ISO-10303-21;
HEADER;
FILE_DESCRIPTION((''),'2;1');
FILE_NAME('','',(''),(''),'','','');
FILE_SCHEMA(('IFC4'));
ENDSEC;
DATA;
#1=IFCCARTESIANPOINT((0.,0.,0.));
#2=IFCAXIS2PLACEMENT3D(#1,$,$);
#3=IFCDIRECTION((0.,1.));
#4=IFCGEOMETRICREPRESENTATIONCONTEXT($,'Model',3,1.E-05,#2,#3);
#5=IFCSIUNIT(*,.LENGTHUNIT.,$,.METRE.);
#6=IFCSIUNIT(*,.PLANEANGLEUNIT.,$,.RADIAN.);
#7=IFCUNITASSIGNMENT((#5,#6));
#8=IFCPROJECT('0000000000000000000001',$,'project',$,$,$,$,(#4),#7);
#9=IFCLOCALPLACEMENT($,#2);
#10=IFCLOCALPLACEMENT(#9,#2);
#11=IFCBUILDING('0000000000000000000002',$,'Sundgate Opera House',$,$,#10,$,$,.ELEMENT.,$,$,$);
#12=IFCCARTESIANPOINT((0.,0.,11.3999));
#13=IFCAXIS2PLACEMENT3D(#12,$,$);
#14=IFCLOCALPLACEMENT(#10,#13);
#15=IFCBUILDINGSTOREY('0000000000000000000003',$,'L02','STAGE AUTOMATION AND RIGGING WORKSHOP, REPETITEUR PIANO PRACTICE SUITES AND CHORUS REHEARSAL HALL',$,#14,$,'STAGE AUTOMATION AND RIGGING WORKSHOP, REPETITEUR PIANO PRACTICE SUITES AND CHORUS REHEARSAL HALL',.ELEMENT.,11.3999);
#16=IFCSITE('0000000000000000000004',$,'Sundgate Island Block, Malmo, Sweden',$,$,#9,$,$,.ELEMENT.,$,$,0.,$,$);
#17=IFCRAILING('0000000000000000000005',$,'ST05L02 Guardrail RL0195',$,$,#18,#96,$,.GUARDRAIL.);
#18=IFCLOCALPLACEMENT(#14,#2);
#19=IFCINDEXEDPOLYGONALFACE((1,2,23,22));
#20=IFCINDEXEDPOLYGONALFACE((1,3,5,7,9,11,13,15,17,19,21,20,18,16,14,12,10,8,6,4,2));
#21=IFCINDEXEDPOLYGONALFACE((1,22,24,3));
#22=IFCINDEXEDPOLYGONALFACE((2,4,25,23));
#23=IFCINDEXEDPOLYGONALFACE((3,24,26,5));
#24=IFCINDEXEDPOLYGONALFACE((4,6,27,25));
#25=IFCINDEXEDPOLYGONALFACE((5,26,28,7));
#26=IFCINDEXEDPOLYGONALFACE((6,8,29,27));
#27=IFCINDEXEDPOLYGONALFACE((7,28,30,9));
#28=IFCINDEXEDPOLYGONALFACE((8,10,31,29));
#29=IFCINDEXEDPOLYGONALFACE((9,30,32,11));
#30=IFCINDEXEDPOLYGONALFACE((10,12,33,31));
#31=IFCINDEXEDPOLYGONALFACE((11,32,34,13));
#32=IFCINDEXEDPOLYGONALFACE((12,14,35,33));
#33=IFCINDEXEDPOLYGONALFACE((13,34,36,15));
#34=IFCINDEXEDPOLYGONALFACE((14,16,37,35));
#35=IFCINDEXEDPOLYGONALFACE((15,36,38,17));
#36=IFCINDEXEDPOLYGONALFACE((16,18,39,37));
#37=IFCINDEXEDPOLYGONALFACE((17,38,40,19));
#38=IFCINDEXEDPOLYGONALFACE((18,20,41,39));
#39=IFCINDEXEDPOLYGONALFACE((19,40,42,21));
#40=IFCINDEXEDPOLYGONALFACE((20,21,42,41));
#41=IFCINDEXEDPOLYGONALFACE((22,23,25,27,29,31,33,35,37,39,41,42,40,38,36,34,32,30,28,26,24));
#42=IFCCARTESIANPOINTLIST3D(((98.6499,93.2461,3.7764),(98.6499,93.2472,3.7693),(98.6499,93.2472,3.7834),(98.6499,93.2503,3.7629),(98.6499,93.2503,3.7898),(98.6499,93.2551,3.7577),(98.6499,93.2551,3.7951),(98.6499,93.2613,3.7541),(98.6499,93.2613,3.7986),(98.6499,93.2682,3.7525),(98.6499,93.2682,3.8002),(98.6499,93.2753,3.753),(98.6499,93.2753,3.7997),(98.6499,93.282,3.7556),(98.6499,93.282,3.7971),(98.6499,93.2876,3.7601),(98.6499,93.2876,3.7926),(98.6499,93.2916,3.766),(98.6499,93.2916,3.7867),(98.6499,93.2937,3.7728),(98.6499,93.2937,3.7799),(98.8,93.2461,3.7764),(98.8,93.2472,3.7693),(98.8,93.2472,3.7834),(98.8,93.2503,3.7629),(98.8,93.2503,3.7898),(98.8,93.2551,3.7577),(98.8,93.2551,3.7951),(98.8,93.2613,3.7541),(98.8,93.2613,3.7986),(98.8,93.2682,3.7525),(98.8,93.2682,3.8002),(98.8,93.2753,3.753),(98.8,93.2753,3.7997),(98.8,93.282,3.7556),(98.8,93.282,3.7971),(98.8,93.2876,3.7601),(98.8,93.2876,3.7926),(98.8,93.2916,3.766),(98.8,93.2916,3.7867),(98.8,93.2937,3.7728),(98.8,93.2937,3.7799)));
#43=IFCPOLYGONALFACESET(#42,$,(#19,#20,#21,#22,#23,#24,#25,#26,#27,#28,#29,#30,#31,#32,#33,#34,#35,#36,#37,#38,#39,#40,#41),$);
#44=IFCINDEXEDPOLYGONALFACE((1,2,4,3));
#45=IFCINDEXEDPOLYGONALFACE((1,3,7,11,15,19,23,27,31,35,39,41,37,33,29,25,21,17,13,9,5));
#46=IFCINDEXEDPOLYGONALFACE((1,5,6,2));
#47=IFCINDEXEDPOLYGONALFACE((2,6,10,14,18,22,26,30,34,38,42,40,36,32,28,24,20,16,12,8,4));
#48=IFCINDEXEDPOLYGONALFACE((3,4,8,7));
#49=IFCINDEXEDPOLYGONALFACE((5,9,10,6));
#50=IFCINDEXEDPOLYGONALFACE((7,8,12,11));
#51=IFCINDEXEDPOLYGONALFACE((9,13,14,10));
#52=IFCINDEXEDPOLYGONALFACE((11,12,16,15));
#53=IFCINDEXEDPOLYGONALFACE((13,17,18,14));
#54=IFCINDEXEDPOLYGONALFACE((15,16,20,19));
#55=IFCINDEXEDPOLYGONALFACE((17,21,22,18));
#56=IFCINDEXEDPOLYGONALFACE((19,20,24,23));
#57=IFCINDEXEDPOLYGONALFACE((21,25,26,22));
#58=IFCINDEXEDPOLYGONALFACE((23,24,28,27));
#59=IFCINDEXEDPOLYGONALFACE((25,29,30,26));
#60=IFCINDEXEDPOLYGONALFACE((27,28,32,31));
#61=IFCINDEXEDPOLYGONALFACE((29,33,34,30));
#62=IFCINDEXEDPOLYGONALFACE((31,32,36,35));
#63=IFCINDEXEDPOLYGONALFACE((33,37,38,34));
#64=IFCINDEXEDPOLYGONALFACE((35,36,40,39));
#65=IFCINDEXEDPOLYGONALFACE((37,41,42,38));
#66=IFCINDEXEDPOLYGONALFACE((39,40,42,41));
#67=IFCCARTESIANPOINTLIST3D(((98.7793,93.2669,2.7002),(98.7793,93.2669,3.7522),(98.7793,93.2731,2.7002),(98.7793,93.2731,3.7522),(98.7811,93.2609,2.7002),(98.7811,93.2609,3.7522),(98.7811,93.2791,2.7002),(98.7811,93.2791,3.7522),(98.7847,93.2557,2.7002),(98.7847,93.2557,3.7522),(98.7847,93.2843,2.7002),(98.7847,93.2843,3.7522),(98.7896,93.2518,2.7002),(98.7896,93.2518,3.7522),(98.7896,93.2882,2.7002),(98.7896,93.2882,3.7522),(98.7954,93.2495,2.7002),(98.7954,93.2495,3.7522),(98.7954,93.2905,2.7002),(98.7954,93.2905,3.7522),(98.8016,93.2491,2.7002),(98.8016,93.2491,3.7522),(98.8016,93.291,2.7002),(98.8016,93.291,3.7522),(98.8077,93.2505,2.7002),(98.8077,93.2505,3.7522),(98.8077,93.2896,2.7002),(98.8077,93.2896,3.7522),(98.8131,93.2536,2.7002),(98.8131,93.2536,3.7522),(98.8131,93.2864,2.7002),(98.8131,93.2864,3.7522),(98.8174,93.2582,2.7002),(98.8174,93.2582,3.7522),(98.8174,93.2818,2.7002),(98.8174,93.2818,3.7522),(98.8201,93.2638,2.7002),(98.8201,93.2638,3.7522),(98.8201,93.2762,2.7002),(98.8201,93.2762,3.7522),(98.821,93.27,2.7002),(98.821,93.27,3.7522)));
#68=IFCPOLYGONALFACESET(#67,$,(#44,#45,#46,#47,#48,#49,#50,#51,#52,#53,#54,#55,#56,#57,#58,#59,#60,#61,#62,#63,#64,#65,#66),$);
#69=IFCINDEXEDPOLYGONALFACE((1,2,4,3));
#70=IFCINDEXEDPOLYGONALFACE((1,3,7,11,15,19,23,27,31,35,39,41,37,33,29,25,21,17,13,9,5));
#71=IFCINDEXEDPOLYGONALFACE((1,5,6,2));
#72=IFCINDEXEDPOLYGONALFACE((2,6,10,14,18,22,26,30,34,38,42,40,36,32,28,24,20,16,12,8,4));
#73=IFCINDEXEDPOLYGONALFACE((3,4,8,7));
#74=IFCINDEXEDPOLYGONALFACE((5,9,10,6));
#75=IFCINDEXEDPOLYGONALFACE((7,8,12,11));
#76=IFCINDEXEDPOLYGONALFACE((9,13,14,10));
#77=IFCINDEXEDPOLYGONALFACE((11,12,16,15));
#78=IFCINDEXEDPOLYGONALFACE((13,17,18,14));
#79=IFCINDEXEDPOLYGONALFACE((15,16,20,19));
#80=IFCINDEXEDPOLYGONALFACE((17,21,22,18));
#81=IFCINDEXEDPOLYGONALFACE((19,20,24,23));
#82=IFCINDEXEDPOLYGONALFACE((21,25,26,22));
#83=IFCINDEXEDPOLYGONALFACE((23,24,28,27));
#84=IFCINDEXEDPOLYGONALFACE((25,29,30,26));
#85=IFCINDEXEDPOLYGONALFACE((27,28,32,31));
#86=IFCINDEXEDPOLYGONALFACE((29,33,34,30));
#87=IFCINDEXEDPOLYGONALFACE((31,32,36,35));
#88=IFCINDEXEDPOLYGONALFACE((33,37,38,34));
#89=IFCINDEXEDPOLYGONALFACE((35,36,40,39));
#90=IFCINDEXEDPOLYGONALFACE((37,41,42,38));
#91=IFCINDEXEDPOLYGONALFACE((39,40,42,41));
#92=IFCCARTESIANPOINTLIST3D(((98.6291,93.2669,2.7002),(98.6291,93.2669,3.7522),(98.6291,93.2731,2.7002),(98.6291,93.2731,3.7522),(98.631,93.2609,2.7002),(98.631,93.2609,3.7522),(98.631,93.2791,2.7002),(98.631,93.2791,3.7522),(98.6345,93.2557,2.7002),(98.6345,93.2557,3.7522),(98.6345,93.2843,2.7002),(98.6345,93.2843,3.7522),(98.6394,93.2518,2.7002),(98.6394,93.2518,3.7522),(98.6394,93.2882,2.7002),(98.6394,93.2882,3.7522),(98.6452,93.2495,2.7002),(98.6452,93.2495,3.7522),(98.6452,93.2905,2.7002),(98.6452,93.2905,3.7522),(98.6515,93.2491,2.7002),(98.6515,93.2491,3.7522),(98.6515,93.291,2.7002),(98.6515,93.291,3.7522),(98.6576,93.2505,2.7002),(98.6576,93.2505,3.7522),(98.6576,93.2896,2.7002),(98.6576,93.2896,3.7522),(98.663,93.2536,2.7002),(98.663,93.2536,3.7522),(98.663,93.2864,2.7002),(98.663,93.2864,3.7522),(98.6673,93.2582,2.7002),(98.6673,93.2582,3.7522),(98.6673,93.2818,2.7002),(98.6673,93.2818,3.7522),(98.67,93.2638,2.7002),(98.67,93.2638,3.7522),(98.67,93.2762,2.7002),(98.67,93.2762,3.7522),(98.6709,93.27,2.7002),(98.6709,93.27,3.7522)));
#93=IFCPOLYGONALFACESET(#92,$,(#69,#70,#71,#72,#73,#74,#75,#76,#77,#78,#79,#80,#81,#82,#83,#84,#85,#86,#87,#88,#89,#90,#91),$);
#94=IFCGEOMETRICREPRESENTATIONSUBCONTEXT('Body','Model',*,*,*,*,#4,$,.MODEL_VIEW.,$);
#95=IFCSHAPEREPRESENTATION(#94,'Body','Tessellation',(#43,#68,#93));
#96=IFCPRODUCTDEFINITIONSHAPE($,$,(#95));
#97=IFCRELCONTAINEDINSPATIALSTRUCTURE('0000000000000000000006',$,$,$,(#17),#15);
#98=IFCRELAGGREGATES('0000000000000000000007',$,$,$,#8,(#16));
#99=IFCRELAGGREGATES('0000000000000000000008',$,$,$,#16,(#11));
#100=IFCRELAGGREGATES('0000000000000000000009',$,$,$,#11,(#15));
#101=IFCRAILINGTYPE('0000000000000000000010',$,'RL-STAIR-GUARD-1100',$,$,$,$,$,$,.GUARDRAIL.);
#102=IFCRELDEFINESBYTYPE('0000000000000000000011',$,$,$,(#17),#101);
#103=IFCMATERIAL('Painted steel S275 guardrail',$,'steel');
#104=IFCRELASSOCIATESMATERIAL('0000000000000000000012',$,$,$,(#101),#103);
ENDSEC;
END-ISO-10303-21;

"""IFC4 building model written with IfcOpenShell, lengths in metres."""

from ifc_helpers import new_model, si_unit, direction, frame, origin, origin_2d, place, context, subcontext, project, spatial, circle, extrude, material, type_object, element, save


model = new_model("IFC4")

# Units and contexts
model_context = context("Model", 3, precision=1e-05, world=origin(), true_north=direction((0.0, 1.0)))
body_context = subcontext(model_context, "Body", "Model", "MODEL_VIEW")
ifc_project = project(units=[si_unit("LENGTHUNIT", "METRE"), si_unit("PLANEANGLEUNIT", "RADIAN")], contexts=[model_context])

# Site, building, storey
site_placement = place(None, origin())
site = spatial("IfcSite", under=ifc_project, at=site_placement, Name="Sundgate Island Block, Malmo, Sweden", CompositionType="ELEMENT", RefElevation=0.0)
building_placement = place(site_placement, origin())
building = spatial("IfcBuilding", under=site, at=building_placement, Name="Sundgate Opera House", CompositionType="ELEMENT")
storey_placement = place(building_placement, frame((0.0, 0.0, 11.3999)))
storey = spatial("IfcBuildingStorey", under=building, at=storey_placement, Name="L02", Description="STAGE AUTOMATION AND RIGGING WORKSHOP, REPETITEUR PIANO PRACTICE SUITES AND CHORUS REHEARSAL HALL", LongName="STAGE AUTOMATION AND RIGGING WORKSHOP, REPETITEUR PIANO PRACTICE SUITES AND CHORUS REHEARSAL HALL", CompositionType="ELEMENT", Elevation=11.3999)

# Railing
ifc_material_1 = material(Name="Painted steel S275 guardrail", Category="steel")
railing_type_1 = type_object("IfcRailingType", Name="RL-STAIR-GUARD-1100", PredefinedType="GUARDRAIL", material=ifc_material_1)
railing_1_placement = place(storey_placement, frame((98.8, 93.27, 2.7002)))
element("IfcRailing", 1, at=railing_1_placement, inside=storey, type_object=railing_type_1, Name="ST05L02 Guardrail RL0195", PredefinedType="GUARDRAIL", context=body_context, shape_type="SweptSolid", body=[
    extrude(circle(Radius=0.0239, at=origin_2d()), frame((0.0, 0.0, 1.0762), z_axis=(-1.0, 0.0, 0.0), x_axis=(0.0, -1.0, 0.0)), (0.0, 0.0, 1.0), 0.1501),
    extrude(circle(Radius=0.021, at=origin_2d()), origin(), (0.0, 0.0, 1.0), 1.052),
    extrude(circle(Radius=0.021, at=origin_2d()), frame((-0.1501, 0.0, 0.0)), (0.0, 0.0, 1.0), 1.052),
])

save(model, "model.ifc")
